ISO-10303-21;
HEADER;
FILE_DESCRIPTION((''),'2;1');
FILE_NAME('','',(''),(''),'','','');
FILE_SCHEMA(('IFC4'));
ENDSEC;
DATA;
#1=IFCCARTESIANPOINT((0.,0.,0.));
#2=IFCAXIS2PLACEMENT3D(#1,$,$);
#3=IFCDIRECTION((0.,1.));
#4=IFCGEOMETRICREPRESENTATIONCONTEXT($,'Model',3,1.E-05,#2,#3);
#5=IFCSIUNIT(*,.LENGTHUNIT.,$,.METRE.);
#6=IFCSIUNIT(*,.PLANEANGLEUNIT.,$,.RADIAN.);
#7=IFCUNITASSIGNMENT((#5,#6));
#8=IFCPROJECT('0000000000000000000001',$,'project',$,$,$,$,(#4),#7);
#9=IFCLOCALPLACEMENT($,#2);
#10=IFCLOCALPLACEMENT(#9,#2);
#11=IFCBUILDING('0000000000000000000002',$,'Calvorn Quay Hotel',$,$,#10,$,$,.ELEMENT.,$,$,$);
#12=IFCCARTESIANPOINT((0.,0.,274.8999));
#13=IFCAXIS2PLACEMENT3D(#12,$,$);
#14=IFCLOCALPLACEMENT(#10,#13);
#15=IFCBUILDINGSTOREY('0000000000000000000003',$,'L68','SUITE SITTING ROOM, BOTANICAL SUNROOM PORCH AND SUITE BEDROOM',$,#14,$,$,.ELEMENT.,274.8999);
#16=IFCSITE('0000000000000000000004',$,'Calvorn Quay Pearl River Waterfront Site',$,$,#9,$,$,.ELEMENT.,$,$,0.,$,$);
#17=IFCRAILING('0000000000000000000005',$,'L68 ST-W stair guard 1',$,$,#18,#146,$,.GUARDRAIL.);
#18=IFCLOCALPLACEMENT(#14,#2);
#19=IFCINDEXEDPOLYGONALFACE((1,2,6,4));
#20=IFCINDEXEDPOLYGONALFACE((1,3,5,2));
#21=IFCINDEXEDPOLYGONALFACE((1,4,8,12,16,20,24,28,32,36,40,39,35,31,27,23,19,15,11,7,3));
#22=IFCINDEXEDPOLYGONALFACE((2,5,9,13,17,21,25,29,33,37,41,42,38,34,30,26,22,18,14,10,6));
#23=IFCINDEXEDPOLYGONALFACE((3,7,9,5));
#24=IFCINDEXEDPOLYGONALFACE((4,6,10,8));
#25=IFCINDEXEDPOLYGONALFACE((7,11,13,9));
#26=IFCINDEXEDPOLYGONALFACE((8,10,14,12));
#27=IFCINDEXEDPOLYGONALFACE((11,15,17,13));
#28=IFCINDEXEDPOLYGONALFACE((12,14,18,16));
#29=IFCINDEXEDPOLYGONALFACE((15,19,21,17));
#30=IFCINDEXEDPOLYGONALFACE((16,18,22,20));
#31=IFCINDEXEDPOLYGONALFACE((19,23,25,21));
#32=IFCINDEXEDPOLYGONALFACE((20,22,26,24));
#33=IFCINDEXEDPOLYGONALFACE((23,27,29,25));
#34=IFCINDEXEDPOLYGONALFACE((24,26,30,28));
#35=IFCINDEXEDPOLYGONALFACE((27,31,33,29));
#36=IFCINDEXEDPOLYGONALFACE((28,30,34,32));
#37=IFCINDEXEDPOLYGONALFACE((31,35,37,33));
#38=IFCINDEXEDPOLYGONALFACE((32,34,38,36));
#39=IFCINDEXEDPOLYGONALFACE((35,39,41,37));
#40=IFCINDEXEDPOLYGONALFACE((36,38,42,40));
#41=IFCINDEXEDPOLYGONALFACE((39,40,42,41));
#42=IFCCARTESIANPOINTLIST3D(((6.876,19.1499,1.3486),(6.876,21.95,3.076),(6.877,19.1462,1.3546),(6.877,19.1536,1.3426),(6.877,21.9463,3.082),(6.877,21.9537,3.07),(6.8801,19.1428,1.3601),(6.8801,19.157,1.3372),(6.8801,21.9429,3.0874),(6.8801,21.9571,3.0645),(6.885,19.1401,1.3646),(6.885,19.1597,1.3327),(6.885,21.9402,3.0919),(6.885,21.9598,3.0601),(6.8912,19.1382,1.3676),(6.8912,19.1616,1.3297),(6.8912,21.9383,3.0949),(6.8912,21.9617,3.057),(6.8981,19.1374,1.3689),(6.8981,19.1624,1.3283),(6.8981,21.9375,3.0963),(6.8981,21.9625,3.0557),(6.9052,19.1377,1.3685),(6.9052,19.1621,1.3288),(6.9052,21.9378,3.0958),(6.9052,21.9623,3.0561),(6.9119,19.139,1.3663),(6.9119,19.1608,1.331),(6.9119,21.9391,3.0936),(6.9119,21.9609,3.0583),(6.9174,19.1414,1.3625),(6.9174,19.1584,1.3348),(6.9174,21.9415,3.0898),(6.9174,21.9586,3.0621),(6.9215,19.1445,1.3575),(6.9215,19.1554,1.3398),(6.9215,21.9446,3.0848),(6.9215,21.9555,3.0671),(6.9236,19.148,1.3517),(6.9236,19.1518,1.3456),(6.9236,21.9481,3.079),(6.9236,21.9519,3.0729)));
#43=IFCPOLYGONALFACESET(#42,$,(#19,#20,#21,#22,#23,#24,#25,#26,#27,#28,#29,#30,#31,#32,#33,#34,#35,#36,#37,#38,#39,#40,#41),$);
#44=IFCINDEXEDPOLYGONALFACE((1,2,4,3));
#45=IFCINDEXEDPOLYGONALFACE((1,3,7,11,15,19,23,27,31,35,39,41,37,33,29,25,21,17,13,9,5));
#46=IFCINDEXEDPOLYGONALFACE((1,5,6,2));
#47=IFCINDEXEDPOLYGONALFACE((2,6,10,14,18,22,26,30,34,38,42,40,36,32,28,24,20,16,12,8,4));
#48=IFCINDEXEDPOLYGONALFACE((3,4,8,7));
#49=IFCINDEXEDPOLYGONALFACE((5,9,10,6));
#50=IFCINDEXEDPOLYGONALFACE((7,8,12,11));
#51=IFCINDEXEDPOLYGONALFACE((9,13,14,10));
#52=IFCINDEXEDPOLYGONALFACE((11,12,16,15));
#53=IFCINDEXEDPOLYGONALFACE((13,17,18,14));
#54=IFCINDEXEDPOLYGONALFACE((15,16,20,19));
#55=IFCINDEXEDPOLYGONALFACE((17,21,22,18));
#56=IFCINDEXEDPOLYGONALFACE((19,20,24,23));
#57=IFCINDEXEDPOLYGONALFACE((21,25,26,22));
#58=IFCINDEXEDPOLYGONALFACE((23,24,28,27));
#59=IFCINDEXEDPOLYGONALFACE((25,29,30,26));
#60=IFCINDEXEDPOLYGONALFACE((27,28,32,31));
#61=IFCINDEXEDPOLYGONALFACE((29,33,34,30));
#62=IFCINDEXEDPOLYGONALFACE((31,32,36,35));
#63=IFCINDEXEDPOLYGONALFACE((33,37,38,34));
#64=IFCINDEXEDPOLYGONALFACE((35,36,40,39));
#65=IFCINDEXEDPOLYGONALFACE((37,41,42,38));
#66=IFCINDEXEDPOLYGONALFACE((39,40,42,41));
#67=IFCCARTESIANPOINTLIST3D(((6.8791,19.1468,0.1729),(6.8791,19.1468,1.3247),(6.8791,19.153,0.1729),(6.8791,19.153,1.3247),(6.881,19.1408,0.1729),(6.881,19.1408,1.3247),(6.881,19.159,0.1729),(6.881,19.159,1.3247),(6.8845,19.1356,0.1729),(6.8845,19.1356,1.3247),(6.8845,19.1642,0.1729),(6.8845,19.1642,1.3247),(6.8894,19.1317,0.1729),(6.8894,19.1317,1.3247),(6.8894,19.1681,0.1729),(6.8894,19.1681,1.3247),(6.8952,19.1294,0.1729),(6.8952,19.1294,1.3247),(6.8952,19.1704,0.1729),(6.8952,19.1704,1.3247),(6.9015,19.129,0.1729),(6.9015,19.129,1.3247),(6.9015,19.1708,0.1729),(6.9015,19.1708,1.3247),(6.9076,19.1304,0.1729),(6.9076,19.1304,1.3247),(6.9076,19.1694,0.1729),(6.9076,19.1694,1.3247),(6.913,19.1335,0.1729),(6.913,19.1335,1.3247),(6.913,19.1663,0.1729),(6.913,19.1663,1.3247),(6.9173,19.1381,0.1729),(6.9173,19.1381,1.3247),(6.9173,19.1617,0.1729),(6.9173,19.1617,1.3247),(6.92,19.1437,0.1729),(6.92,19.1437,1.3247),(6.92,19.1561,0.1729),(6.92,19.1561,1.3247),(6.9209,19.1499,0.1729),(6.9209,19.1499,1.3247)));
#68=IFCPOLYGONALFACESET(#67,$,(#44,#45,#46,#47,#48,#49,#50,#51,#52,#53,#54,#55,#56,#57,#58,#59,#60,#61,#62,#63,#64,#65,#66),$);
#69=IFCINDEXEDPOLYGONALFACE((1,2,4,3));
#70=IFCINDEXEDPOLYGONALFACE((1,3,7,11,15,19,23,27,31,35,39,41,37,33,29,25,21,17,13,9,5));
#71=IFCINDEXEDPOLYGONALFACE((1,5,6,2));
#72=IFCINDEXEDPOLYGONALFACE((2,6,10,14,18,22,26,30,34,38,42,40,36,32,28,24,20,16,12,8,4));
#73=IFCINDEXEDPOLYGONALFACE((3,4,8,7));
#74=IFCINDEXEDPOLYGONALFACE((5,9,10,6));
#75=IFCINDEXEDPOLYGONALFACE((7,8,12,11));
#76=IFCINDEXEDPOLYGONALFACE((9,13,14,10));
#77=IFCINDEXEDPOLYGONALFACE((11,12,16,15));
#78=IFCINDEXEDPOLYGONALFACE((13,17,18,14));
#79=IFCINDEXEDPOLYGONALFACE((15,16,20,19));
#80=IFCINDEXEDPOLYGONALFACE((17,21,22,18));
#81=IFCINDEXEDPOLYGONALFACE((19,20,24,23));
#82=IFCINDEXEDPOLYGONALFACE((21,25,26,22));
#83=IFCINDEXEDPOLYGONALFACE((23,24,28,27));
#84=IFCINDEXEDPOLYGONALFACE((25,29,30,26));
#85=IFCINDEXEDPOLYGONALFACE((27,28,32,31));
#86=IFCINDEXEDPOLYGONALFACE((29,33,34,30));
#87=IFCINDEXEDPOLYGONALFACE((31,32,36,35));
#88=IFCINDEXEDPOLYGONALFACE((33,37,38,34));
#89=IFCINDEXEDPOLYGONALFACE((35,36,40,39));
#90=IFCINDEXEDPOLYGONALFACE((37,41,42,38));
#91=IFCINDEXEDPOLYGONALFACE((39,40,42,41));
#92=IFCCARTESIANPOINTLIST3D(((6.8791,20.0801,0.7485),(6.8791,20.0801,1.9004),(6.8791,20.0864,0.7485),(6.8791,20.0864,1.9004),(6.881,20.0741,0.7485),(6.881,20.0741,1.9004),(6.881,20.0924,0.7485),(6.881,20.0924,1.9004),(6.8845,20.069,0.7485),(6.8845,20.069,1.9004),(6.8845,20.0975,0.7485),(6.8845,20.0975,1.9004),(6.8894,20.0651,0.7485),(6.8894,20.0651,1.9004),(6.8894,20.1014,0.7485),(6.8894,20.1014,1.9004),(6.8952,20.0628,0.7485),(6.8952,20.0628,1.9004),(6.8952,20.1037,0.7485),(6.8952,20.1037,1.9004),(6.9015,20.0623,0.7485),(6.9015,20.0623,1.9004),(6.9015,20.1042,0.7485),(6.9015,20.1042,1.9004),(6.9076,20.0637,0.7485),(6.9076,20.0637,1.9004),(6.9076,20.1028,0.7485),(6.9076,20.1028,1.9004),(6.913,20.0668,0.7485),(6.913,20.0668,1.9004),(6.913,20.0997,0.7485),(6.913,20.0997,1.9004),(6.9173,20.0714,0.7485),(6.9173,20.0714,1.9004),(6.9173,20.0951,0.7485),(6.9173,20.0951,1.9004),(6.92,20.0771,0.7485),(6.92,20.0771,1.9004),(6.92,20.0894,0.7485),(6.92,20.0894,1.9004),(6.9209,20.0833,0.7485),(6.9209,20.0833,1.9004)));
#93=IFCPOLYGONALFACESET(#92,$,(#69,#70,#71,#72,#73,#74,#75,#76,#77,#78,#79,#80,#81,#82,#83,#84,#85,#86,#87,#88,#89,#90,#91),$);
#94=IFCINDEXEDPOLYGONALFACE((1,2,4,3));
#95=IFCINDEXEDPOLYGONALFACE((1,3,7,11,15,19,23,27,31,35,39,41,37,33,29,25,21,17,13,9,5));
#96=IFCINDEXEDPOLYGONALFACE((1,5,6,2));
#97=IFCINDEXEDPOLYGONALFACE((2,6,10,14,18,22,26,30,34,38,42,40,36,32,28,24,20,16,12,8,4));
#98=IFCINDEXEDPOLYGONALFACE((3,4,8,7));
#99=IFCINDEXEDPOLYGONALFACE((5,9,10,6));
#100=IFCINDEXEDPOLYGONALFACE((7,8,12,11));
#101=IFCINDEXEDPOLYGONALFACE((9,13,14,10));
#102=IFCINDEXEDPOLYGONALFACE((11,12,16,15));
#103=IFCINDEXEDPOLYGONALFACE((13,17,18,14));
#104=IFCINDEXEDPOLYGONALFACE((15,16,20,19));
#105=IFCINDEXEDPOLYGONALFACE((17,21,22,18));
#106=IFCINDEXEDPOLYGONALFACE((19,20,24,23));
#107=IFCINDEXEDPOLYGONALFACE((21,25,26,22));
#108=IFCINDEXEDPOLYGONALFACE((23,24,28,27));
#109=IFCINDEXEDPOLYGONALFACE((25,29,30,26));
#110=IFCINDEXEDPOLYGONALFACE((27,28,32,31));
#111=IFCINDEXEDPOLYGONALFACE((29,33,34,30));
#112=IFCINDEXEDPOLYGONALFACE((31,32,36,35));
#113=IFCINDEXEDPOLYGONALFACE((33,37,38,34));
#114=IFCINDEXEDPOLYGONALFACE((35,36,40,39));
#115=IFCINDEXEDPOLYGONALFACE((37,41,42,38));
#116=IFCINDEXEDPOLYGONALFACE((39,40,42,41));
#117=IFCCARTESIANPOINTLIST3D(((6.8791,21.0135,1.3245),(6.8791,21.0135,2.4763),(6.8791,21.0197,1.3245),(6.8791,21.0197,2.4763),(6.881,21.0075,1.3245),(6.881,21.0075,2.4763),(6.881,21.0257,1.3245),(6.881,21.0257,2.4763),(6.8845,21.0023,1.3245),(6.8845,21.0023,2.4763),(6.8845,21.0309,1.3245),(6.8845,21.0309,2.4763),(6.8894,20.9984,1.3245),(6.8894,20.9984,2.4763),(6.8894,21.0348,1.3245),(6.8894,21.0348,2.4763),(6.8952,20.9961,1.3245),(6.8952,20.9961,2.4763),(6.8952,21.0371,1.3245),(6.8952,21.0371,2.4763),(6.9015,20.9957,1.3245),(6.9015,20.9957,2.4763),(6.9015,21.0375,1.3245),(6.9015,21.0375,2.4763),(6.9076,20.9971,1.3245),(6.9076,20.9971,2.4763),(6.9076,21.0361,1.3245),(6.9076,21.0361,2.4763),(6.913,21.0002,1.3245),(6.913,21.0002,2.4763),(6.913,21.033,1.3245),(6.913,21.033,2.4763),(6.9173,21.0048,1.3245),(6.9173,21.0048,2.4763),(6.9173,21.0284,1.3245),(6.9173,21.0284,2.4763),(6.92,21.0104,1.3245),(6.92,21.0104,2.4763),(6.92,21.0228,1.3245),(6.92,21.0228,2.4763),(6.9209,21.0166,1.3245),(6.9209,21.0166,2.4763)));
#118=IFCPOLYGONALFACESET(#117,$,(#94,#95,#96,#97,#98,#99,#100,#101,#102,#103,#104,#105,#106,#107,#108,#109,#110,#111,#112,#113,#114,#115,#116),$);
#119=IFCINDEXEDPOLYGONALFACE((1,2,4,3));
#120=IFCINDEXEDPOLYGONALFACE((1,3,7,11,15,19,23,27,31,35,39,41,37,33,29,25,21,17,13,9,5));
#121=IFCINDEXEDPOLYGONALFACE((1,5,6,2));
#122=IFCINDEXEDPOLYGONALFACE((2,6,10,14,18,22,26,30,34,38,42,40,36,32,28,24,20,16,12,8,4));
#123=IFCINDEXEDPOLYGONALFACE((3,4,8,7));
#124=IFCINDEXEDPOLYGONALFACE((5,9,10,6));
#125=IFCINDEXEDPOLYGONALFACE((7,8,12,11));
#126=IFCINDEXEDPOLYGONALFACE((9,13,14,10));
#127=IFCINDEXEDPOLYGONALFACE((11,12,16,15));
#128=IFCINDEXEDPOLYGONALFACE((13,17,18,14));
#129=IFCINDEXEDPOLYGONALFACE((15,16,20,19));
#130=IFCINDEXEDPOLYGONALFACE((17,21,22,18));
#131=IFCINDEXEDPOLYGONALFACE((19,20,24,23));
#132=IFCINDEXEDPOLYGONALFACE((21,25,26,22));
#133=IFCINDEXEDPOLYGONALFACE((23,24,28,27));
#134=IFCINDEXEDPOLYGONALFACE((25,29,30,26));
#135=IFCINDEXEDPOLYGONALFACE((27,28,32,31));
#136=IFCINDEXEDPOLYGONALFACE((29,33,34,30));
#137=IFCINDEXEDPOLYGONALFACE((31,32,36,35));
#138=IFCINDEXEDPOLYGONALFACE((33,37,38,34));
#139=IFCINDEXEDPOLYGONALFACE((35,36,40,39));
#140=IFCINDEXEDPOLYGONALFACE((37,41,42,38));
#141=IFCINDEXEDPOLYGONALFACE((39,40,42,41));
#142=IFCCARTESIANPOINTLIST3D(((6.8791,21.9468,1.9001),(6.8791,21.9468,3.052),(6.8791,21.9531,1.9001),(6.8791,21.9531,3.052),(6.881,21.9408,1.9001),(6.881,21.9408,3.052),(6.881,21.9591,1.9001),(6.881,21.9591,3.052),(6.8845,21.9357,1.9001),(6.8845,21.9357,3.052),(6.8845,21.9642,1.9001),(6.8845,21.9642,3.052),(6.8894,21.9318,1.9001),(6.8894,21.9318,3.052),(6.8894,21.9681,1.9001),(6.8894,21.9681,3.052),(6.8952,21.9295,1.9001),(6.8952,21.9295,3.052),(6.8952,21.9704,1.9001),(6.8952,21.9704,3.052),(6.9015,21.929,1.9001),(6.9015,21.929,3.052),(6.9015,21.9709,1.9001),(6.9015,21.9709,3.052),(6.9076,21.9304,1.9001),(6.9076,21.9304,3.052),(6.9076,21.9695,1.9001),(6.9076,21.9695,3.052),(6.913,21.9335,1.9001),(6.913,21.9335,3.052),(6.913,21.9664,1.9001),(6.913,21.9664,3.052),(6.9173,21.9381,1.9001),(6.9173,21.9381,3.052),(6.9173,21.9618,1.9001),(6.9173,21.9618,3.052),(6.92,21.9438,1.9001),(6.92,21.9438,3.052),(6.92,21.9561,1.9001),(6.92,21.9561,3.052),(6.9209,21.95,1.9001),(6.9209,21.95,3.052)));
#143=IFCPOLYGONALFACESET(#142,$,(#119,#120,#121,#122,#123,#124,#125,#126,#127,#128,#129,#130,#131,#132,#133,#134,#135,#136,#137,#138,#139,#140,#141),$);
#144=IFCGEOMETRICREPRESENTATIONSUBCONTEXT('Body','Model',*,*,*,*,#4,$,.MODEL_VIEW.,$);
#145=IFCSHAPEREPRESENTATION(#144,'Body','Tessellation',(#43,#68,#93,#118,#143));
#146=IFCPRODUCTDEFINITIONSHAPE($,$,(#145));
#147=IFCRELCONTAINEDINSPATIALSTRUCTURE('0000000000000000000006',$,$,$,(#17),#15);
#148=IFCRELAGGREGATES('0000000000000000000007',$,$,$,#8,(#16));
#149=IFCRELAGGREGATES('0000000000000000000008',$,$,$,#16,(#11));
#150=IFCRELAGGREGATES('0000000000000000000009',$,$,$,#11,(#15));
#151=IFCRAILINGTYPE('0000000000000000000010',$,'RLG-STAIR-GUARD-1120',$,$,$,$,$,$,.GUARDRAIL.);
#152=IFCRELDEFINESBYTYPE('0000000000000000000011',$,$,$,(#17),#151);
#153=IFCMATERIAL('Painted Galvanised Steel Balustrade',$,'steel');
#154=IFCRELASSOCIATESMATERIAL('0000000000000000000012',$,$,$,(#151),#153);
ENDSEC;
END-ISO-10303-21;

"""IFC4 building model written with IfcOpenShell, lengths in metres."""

from ifc_helpers import new_model, si_unit, direction, frame, origin, origin_2d, place, context, subcontext, project, spatial, circle, extrude, material, type_object, element, save


model = new_model("IFC4")

# Units and contexts
model_context = context("Model", 3, precision=1e-05, world=origin(), true_north=direction((0.0, 1.0)))
body_context = subcontext(model_context, "Body", "Model", "MODEL_VIEW")
ifc_project = project(units=[si_unit("LENGTHUNIT", "METRE"), si_unit("PLANEANGLEUNIT", "RADIAN")], contexts=[model_context])

# Site, building, storey
site_placement = place(None, origin())
site = spatial("IfcSite", under=ifc_project, at=site_placement, Name="Calvorn Quay Pearl River Waterfront Site", CompositionType="ELEMENT", RefElevation=0.0)
building_placement = place(site_placement, origin())
building = spatial("IfcBuilding", under=site, at=building_placement, Name="Calvorn Quay Hotel", CompositionType="ELEMENT")
storey_placement = place(building_placement, frame((0.0, 0.0, 274.8999)))
storey = spatial("IfcBuildingStorey", under=building, at=storey_placement, Name="L68", Description="SUITE SITTING ROOM, BOTANICAL SUNROOM PORCH AND SUITE BEDROOM", CompositionType="ELEMENT", Elevation=274.8999)

# Railing
ifc_material_1 = material(Name="Painted Galvanised Steel Balustrade", Category="steel")
railing_type_1 = type_object("IfcRailingType", Name="RLG-STAIR-GUARD-1120", PredefinedType="GUARDRAIL", material=ifc_material_1)
railing_1_placement = place(storey_placement, frame((6.8999, 19.1499, 0.1729)))
element("IfcRailing", 1, at=railing_1_placement, inside=storey, type_object=railing_type_1, Name="L68 ST-W stair guard 1", PredefinedType="GUARDRAIL", context=body_context, shape_type="SweptSolid", body=[
    extrude(circle(Radius=0.0239, at=origin_2d()), frame((0.0, 0.0, 1.1758), z_axis=(0.0, 0.85109, 0.52502), x_axis=(-1.0, 0.0, 0.0)), (0.0, 0.0, 1.0), 3.29),
    extrude(circle(Radius=0.021, at=origin_2d()), origin(), (0.0, 0.0, 1.0), 1.1519),
    extrude(circle(Radius=0.021, at=origin_2d()), frame((0.0, 0.9333, 0.5757)), (0.0, 0.0, 1.0), 1.1519),
    extrude(circle(Radius=0.021, at=origin_2d()), frame((0.0, 1.8667, 1.1516)), (0.0, 0.0, 1.0), 1.1519),
    extrude(circle(Radius=0.021, at=origin_2d()), frame((0.0, 2.8, 1.7273)), (0.0, 0.0, 1.0), 1.1519),
])

save(model, "model.ifc")
